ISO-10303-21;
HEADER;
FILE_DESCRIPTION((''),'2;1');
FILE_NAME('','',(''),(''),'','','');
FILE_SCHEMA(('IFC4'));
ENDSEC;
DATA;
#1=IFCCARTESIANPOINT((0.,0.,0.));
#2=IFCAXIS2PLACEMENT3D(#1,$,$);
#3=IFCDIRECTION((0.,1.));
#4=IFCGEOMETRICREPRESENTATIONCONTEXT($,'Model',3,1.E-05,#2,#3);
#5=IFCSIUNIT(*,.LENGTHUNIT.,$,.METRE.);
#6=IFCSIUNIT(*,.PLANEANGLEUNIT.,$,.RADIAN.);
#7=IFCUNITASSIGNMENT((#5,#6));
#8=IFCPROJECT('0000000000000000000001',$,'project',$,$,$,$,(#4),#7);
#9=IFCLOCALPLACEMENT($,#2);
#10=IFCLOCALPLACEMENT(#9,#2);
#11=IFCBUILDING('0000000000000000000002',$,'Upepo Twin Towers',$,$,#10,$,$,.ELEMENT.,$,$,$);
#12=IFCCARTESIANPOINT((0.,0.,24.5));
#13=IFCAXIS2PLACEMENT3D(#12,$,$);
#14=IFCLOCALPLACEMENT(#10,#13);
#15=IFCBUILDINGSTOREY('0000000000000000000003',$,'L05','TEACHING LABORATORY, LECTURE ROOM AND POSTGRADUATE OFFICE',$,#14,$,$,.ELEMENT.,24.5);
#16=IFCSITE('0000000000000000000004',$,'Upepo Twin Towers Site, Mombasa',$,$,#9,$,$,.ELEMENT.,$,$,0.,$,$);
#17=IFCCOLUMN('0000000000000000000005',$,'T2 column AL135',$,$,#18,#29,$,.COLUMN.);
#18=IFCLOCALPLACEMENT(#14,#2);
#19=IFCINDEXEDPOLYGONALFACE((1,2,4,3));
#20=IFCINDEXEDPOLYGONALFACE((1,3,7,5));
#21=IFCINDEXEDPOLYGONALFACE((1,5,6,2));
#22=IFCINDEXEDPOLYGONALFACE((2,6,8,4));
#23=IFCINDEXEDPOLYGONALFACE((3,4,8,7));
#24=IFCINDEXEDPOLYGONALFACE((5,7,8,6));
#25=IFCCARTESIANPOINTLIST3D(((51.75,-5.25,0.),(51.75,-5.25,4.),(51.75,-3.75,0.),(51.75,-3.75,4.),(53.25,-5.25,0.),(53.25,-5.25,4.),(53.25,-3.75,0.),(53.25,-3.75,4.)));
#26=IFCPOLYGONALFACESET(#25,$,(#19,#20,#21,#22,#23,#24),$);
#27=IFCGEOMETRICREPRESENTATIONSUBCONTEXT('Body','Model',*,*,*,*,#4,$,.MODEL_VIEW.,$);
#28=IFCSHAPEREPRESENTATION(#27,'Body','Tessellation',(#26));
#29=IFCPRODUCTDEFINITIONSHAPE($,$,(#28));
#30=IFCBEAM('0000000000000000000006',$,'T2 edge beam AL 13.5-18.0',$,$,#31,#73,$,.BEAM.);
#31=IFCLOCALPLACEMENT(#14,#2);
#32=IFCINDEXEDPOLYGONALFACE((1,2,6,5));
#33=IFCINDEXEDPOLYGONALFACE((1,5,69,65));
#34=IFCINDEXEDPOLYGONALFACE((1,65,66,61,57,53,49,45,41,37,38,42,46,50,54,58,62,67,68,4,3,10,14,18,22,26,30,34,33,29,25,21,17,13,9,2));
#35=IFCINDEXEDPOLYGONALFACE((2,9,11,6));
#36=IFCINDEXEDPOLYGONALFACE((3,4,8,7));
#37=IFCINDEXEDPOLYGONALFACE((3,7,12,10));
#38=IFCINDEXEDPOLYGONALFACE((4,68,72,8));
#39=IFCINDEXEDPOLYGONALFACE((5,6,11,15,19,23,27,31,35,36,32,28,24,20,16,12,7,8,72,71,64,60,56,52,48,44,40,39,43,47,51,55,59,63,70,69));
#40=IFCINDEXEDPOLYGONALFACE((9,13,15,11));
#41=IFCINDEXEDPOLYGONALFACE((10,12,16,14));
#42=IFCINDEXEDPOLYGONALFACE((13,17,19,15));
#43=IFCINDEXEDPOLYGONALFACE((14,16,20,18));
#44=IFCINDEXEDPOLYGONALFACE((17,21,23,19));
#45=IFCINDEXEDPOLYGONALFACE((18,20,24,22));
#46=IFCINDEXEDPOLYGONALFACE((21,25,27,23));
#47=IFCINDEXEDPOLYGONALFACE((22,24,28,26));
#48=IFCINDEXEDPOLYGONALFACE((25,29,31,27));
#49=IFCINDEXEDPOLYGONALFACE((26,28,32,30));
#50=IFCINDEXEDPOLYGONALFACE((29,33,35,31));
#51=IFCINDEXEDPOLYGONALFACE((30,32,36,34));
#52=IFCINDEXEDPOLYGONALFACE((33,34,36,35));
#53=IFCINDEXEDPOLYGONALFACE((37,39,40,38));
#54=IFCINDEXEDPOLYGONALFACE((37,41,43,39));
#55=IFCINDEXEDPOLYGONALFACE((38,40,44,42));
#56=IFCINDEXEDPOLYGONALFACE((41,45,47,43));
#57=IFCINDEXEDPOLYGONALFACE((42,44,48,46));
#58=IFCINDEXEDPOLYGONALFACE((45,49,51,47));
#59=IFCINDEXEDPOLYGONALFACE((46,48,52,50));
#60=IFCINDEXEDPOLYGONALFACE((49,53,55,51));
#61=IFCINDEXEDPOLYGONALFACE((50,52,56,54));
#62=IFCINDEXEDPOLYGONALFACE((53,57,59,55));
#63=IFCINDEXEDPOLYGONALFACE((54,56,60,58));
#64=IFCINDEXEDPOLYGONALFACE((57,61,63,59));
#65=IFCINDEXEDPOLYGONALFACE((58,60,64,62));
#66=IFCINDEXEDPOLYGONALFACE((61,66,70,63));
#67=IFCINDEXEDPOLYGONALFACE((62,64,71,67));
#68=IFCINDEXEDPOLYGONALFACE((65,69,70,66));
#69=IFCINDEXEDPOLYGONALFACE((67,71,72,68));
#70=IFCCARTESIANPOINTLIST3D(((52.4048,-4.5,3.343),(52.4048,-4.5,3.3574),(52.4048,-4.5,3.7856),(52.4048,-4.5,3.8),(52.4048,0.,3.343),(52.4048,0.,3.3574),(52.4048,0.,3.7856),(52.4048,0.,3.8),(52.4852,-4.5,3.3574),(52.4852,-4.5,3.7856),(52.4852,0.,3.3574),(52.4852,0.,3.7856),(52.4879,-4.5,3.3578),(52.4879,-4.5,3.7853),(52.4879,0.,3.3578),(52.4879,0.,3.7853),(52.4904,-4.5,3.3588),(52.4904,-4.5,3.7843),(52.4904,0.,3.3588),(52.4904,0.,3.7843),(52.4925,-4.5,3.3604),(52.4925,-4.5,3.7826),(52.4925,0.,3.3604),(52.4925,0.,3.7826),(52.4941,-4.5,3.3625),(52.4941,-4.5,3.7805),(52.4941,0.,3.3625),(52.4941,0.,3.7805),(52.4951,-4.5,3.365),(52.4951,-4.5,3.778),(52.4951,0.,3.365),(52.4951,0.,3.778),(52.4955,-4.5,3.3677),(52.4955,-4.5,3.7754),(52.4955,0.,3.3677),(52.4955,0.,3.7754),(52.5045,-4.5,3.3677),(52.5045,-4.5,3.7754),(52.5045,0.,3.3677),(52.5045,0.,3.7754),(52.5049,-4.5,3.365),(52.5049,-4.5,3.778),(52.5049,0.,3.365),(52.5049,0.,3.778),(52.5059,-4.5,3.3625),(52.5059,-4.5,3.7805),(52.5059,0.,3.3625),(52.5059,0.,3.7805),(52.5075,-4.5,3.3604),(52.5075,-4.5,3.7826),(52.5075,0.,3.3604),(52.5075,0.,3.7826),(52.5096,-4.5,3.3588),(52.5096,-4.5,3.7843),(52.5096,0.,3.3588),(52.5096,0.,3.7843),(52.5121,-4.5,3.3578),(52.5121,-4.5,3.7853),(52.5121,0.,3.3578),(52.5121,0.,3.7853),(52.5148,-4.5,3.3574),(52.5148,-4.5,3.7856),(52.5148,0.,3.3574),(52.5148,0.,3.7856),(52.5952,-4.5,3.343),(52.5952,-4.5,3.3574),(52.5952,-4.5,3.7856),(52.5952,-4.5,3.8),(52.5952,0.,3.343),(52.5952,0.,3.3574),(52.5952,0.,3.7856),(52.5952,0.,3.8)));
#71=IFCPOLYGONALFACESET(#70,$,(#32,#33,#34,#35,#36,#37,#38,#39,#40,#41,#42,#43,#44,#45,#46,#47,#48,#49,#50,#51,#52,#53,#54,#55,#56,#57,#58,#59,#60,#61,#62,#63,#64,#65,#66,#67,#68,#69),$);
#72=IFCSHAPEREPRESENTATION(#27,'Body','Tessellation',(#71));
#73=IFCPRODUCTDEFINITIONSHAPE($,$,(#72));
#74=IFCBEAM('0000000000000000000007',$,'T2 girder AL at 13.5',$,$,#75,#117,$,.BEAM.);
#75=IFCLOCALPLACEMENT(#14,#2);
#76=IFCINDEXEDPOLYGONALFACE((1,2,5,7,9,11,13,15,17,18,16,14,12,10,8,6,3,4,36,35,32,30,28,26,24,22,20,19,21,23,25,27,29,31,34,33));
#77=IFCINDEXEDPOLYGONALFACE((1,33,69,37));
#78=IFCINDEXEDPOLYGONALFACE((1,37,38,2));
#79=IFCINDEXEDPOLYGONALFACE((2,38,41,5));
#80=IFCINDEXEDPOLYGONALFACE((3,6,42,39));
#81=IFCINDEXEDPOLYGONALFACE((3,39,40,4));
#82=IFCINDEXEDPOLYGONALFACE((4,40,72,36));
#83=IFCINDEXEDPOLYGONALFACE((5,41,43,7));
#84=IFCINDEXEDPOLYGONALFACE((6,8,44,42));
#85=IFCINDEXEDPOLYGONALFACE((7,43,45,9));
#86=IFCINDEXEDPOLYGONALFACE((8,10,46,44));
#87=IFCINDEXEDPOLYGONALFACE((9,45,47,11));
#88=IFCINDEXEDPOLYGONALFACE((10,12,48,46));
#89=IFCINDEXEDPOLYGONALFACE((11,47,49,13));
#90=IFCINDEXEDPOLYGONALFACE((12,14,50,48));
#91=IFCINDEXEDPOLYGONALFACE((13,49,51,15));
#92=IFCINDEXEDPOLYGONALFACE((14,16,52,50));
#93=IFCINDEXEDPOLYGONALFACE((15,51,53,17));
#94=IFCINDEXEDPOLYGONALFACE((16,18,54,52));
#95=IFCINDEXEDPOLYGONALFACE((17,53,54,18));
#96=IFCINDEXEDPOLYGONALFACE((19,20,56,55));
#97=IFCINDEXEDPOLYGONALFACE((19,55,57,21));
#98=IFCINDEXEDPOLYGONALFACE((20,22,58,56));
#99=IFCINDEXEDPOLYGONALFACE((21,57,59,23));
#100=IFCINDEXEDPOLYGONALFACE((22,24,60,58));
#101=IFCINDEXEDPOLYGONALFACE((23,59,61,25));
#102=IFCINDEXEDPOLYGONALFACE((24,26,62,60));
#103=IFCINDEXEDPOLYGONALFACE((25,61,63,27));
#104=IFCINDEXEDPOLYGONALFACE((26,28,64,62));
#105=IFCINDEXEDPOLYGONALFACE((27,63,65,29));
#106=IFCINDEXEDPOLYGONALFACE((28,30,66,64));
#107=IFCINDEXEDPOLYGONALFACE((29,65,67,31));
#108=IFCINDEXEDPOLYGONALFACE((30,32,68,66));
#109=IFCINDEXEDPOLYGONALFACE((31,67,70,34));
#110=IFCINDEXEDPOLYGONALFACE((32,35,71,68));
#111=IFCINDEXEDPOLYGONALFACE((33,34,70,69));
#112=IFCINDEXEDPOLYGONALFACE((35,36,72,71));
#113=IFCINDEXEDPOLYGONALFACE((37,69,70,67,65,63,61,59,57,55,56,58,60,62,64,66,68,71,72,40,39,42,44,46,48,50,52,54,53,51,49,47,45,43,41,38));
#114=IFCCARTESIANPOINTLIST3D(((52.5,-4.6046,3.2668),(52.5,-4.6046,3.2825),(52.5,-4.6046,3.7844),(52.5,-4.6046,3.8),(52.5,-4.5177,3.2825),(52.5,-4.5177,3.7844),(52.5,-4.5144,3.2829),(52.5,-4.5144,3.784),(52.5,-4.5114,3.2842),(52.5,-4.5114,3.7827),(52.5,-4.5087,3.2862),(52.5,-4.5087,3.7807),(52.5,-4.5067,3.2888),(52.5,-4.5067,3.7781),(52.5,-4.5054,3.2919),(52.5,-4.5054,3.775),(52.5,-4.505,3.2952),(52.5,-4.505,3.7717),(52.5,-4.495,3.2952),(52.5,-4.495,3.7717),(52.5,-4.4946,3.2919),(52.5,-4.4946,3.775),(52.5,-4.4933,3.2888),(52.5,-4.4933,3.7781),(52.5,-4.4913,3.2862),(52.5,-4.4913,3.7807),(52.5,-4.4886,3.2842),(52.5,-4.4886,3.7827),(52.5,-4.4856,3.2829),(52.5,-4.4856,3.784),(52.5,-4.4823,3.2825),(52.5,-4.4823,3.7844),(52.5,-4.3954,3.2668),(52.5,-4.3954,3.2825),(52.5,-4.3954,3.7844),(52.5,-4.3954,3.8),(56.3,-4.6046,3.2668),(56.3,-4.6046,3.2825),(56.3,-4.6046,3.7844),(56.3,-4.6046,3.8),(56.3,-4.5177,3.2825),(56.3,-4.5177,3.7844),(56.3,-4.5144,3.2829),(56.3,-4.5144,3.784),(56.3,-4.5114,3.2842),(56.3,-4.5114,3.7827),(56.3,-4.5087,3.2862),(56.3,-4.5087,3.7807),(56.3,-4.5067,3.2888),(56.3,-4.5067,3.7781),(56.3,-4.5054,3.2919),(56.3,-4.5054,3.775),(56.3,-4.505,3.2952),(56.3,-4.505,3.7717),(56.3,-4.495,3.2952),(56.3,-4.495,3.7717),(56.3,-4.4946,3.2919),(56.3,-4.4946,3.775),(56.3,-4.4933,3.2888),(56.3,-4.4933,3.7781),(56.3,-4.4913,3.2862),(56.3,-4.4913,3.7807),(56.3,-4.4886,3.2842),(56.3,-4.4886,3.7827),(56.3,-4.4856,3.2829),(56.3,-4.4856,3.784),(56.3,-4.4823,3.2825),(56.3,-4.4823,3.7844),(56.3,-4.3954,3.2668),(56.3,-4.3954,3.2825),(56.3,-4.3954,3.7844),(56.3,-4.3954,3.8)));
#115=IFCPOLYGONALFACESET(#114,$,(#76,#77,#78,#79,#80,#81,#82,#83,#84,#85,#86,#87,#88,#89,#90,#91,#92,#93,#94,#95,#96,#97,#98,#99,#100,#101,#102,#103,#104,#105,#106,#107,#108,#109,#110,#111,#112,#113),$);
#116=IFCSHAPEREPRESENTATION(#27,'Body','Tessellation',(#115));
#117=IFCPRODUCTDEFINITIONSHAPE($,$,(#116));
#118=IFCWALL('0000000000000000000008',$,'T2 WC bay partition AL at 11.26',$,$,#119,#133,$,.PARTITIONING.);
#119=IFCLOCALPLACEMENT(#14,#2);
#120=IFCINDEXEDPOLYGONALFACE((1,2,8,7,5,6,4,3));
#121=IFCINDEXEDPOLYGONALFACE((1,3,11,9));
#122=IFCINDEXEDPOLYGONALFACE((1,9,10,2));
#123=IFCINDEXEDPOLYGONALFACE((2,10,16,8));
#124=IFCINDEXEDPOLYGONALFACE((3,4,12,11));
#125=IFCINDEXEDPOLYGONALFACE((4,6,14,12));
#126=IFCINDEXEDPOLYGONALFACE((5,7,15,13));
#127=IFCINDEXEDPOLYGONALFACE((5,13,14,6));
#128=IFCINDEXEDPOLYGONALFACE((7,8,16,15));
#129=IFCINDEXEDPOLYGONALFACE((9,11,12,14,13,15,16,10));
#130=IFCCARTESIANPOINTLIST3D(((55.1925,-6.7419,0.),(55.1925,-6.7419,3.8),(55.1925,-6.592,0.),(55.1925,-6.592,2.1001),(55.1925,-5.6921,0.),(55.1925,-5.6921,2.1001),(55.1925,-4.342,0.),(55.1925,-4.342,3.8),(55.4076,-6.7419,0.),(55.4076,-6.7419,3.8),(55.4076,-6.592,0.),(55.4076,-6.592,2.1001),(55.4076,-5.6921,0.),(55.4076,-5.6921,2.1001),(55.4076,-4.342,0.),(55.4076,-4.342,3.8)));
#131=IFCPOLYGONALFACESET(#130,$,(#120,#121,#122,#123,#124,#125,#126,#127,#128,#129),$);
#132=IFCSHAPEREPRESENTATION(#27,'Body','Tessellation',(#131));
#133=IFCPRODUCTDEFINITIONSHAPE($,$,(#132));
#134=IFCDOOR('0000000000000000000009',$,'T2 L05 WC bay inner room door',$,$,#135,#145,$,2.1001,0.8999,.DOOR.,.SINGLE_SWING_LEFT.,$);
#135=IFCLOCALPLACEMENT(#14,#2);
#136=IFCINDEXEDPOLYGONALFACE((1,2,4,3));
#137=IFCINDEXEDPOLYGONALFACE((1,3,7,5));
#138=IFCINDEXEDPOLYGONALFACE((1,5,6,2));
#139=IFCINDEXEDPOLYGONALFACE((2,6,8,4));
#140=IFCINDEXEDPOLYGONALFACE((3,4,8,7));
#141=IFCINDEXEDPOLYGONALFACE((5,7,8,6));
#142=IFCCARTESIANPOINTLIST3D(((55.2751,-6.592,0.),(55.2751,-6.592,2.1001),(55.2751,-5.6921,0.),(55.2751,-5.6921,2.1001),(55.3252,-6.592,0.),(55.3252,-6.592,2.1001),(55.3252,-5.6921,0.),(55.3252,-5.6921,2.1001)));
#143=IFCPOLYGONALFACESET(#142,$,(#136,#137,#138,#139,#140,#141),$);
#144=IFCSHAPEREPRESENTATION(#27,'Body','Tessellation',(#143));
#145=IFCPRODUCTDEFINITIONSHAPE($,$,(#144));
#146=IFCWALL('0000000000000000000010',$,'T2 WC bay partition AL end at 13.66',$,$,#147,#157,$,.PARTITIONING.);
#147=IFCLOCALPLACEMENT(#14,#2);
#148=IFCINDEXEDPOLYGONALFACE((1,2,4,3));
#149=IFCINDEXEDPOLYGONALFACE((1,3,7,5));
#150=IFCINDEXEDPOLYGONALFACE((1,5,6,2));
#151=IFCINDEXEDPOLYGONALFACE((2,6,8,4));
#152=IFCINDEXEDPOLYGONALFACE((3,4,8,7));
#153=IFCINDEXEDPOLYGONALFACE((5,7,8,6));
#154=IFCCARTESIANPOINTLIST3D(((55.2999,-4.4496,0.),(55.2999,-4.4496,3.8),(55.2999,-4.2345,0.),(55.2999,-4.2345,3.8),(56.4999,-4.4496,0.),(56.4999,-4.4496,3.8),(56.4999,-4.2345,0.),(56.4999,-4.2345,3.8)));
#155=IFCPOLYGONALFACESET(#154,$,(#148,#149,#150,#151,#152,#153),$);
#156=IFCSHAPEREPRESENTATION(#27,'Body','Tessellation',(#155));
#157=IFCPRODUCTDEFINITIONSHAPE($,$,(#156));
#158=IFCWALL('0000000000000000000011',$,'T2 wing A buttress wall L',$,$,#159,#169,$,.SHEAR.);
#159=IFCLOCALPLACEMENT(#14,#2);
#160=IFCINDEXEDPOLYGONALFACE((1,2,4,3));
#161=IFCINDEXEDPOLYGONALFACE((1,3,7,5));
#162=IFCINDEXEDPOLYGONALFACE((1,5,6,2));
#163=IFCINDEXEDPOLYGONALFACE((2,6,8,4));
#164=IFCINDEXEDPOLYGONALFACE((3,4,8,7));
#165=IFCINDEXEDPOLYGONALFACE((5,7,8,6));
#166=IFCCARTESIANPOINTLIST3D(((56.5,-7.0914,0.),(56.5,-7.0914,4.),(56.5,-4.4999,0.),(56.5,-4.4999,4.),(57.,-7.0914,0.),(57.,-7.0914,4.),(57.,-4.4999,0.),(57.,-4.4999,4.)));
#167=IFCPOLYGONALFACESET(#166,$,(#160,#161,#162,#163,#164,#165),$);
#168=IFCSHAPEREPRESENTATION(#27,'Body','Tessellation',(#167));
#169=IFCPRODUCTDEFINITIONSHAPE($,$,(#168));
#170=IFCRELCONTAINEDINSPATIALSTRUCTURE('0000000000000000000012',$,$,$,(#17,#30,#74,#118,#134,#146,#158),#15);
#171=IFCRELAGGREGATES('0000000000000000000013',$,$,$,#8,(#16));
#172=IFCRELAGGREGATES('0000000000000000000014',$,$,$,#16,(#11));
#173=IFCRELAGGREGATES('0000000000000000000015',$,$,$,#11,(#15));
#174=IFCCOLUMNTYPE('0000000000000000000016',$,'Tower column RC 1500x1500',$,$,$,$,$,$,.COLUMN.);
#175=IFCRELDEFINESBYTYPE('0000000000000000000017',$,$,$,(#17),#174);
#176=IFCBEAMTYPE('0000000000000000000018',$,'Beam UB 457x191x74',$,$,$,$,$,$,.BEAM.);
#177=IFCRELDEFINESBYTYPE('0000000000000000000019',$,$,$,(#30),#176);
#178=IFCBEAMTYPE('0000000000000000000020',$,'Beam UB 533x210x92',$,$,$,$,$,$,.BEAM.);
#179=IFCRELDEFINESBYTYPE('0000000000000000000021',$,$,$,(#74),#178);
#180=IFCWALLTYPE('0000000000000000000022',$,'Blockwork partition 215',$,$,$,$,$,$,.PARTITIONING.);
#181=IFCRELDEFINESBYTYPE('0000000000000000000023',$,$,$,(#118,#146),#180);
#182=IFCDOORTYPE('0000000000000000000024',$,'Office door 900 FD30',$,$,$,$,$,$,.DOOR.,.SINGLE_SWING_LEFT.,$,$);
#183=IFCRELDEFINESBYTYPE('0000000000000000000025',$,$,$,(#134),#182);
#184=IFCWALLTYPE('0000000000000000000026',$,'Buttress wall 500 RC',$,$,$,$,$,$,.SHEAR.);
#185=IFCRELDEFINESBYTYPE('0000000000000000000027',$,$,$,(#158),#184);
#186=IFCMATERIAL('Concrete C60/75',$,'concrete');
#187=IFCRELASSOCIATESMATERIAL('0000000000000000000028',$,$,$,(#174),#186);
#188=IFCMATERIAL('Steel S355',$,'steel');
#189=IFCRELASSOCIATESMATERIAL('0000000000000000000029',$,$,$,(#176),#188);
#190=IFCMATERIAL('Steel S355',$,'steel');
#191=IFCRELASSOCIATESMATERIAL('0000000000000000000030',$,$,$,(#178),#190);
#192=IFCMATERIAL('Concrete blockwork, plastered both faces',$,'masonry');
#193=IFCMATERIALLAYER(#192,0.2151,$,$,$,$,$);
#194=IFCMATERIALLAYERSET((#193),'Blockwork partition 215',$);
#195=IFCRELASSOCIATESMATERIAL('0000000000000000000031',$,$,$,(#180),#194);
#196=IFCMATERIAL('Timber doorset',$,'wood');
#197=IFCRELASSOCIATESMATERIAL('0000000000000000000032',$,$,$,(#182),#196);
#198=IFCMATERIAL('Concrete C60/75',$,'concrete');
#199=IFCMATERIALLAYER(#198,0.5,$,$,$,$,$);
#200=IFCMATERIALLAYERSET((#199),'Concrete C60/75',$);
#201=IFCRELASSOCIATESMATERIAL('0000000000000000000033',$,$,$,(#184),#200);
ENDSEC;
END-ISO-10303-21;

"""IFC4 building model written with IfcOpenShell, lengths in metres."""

from ifc_helpers import new_model, si_unit, direction, frame, frame_2d, origin, origin_2d, place, context, subcontext, project, spatial, rectangle, i_section, extrude, material, layer, layer_set, material_profile, profile_set, type_object, element, fill, save


model = new_model("IFC4")

# Units and contexts
model_context = context("Model", 3, precision=1e-05, world=origin(), true_north=direction((0.0, 1.0)))
body_context = subcontext(model_context, "Body", "Model", "MODEL_VIEW")
ifc_project = project(units=[si_unit("LENGTHUNIT", "METRE"), si_unit("PLANEANGLEUNIT", "RADIAN")], contexts=[model_context])

# Site, building, storey
site_placement = place(None, origin())
site = spatial("IfcSite", under=ifc_project, at=site_placement, Name="Upepo Twin Towers Site, Mombasa", CompositionType="ELEMENT", RefElevation=0.0)
building_placement = place(site_placement, origin())
building = spatial("IfcBuilding", under=site, at=building_placement, Name="Upepo Twin Towers", CompositionType="ELEMENT")
storey_placement = place(building_placement, frame((0.0, 0.0, 24.5)))
storey = spatial("IfcBuildingStorey", under=building, at=storey_placement, Name="L05", Description="TEACHING LABORATORY, LECTURE ROOM AND POSTGRADUATE OFFICE", CompositionType="ELEMENT", Elevation=24.5)

# Column
ifc_material_1 = material(Name="Concrete C60/75", Category="concrete")
ifc_material_profile_1 = material_profile(ifc_material_1, rectangle(XDim=1.5, YDim=1.5, at=origin_2d()), Name="RC 1500x1500")
ifc_profile_set_1 = profile_set([ifc_material_profile_1], Name="Concrete C60/75")
column_type = type_object("IfcColumnType", Name="Tower column RC 1500x1500", PredefinedType="COLUMN", material=ifc_profile_set_1)
column_placement = place(storey_placement, frame((52.5, -4.5, 0.0), z_axis=(0.0, 0.0, 1.0), x_axis=(1.0, 0.0, 0.0)))
element("IfcColumn", 1, at=column_placement, inside=storey, type_object=column_type, Name="T2 column AL135", PredefinedType="COLUMN", context=body_context, shape_type="SweptSolid", body=[
    extrude(rectangle(XDim=1.5, YDim=1.5, at=origin_2d()), origin(), (0.0, 0.0, 1.0), 4.0),
])

# Beams
ifc_material_2 = material(Name="Steel S355", Category="steel")
ifc_material_profile_2 = material_profile(ifc_material_2, i_section(OverallWidth=0.1904, OverallDepth=0.457, WebThickness=0.009, FlangeThickness=0.0144, FilletRadius=0.0103, at=origin_2d()), Name="UB 457x191x74")
ifc_profile_set_2 = profile_set([ifc_material_profile_2], Name="Steel S355")
beam_type_1 = type_object("IfcBeamType", Name="Beam UB 457x191x74", PredefinedType="BEAM", material=ifc_profile_set_2)
beam_1_placement = place(storey_placement, frame((52.5, -4.5, 3.5715), z_axis=(0.0, 1.0, 0.0), x_axis=(-1.0, 0.0, 0.0)))
element("IfcBeam", 2, at=beam_1_placement, inside=storey, type_object=beam_type_1, Name="T2 edge beam AL 13.5-18.0", PredefinedType="BEAM", context=body_context, shape_type="SweptSolid", body=[
    extrude(i_section(OverallWidth=0.1904, OverallDepth=0.457, WebThickness=0.009, FlangeThickness=0.0144, FilletRadius=0.0103, at=origin_2d()), origin(), (0.0, 0.0, 1.0), 4.5),
])
ifc_material_3 = material(Name="Steel S355", Category="steel")
ifc_material_profile_3 = material_profile(ifc_material_3, i_section(OverallWidth=0.2092, OverallDepth=0.5332, WebThickness=0.01, FlangeThickness=0.0156, FilletRadius=0.0127, at=origin_2d()), Name="UB 533x210x92")
ifc_profile_set_3 = profile_set([ifc_material_profile_3], Name="Steel S355")
beam_type_2 = type_object("IfcBeamType", Name="Beam UB 533x210x92", PredefinedType="BEAM", material=ifc_profile_set_3)
beam_2_placement = place(storey_placement, frame((52.5, -4.5, 3.5334), z_axis=(1.0, 0.0, 0.0), x_axis=(0.0, 1.0, 0.0)))
element("IfcBeam", 3, at=beam_2_placement, inside=storey, type_object=beam_type_2, Name="T2 girder AL at 13.5", PredefinedType="BEAM", context=body_context, shape_type="SweptSolid", body=[
    extrude(i_section(OverallWidth=0.2092, OverallDepth=0.5332, WebThickness=0.01, FlangeThickness=0.0156, FilletRadius=0.0127, at=origin_2d()), origin(), (0.0, 0.0, 1.0), 3.8),
])

# Wall, opening, door
ifc_material_4 = material(Name="Concrete blockwork, plastered both faces", Category="masonry")
ifc_layer_1 = layer(ifc_material_4, 0.2151)
ifc_layer_set_1 = layer_set([ifc_layer_1], Name="Blockwork partition 215")
wall_type_1 = type_object("IfcWallType", Name="Blockwork partition 215", PredefinedType="PARTITIONING", material=ifc_layer_set_1)
wall_1_placement = place(storey_placement, frame((55.3, -6.7419, 0.0), z_axis=(0.0, 0.0, 1.0), x_axis=(0.0, 1.0, 0.0)))
wall_1 = element("IfcWall", 4, at=wall_1_placement, inside=storey, type_object=wall_type_1, Name="T2 WC bay partition AL at 11.26", PredefinedType="PARTITIONING", context=body_context, shape_type="SweptSolid", body=[
    extrude(rectangle(XDim=2.3999, YDim=0.2151, at=frame_2d((1.2, 0.0))), origin(), (0.0, 0.0, 1.0), 3.8),
])
opening_1_placement = place(wall_1_placement, frame((0.1499, 0.0, 0.0)))
opening_1 = element("IfcOpeningElement", 5, at=opening_1_placement, cuts=wall_1, PredefinedType="OPENING", context=body_context, shape_type="SweptSolid", body=[
    extrude(rectangle(XDim=0.8999, YDim=2.1001, at=frame_2d((0.45, 1.05))), frame((0.0, 0.1174, 0.0), z_axis=(0.0, -1.0, 0.0), x_axis=(1.0, 0.0, 0.0)), (0.0, 0.0, 1.0), 0.2351),
])
ifc_material_5 = material(Name="Timber doorset", Category="wood")
door_type_1 = type_object("IfcDoorType", Name="Office door 900 FD30", OperationType="SINGLE_SWING_LEFT", PredefinedType="DOOR", material=ifc_material_5)
door_1_placement = place(opening_1_placement, origin())
door_1 = element("IfcDoor", 6, at=door_1_placement, inside=storey, type_object=door_type_1, Name="T2 L05 WC bay inner room door", OperationType="SINGLE_SWING_LEFT", OverallHeight=2.1001, OverallWidth=0.8999, PredefinedType="DOOR", context=body_context, shape_type="SweptSolid", body=[
    extrude(rectangle(XDim=0.8999, YDim=2.1001, at=frame_2d((0.45, 1.05))), frame((0.0, 0.0249, 0.0), z_axis=(0.0, -1.0, 0.0), x_axis=(1.0, 0.0, 0.0)), (0.0, 0.0, 1.0), 0.05),
])
fill(opening_1, door_1)

# Walls
wall_2_placement = place(storey_placement, frame((56.5, -4.342, 0.0), z_axis=(0.0, 0.0, 1.0), x_axis=(-1.0, 0.0, 0.0)))
element("IfcWall", 7, at=wall_2_placement, inside=storey, type_object=wall_type_1, Name="T2 WC bay partition AL end at 13.66", PredefinedType="PARTITIONING", context=body_context, shape_type="SweptSolid", body=[
    extrude(rectangle(XDim=1.2, YDim=0.2151, at=frame_2d((0.6001, 0.0))), origin(), (0.0, 0.0, 1.0), 3.8),
])
ifc_material_6 = material(Name="Concrete C60/75", Category="concrete")
ifc_layer_2 = layer(ifc_material_6, 0.5)
ifc_layer_set_2 = layer_set([ifc_layer_2], Name="Concrete C60/75")
wall_type_2 = type_object("IfcWallType", Name="Buttress wall 500 RC", PredefinedType="SHEAR", material=ifc_layer_set_2)
wall_3_placement = place(storey_placement, frame((56.75, -7.0916, 0.0), z_axis=(0.0, 0.0, 1.0), x_axis=(0.0, 1.0, 0.0)))
element("IfcWall", 8, at=wall_3_placement, inside=storey, type_object=wall_type_2, Name="T2 wing A buttress wall L", PredefinedType="SHEAR", context=body_context, shape_type="SweptSolid", body=[
    extrude(rectangle(XDim=2.5916, YDim=0.5, at=frame_2d((1.2959, 0.0))), origin(), (0.0, 0.0, 1.0), 4.0),
])

save(model, "model.ifc")
